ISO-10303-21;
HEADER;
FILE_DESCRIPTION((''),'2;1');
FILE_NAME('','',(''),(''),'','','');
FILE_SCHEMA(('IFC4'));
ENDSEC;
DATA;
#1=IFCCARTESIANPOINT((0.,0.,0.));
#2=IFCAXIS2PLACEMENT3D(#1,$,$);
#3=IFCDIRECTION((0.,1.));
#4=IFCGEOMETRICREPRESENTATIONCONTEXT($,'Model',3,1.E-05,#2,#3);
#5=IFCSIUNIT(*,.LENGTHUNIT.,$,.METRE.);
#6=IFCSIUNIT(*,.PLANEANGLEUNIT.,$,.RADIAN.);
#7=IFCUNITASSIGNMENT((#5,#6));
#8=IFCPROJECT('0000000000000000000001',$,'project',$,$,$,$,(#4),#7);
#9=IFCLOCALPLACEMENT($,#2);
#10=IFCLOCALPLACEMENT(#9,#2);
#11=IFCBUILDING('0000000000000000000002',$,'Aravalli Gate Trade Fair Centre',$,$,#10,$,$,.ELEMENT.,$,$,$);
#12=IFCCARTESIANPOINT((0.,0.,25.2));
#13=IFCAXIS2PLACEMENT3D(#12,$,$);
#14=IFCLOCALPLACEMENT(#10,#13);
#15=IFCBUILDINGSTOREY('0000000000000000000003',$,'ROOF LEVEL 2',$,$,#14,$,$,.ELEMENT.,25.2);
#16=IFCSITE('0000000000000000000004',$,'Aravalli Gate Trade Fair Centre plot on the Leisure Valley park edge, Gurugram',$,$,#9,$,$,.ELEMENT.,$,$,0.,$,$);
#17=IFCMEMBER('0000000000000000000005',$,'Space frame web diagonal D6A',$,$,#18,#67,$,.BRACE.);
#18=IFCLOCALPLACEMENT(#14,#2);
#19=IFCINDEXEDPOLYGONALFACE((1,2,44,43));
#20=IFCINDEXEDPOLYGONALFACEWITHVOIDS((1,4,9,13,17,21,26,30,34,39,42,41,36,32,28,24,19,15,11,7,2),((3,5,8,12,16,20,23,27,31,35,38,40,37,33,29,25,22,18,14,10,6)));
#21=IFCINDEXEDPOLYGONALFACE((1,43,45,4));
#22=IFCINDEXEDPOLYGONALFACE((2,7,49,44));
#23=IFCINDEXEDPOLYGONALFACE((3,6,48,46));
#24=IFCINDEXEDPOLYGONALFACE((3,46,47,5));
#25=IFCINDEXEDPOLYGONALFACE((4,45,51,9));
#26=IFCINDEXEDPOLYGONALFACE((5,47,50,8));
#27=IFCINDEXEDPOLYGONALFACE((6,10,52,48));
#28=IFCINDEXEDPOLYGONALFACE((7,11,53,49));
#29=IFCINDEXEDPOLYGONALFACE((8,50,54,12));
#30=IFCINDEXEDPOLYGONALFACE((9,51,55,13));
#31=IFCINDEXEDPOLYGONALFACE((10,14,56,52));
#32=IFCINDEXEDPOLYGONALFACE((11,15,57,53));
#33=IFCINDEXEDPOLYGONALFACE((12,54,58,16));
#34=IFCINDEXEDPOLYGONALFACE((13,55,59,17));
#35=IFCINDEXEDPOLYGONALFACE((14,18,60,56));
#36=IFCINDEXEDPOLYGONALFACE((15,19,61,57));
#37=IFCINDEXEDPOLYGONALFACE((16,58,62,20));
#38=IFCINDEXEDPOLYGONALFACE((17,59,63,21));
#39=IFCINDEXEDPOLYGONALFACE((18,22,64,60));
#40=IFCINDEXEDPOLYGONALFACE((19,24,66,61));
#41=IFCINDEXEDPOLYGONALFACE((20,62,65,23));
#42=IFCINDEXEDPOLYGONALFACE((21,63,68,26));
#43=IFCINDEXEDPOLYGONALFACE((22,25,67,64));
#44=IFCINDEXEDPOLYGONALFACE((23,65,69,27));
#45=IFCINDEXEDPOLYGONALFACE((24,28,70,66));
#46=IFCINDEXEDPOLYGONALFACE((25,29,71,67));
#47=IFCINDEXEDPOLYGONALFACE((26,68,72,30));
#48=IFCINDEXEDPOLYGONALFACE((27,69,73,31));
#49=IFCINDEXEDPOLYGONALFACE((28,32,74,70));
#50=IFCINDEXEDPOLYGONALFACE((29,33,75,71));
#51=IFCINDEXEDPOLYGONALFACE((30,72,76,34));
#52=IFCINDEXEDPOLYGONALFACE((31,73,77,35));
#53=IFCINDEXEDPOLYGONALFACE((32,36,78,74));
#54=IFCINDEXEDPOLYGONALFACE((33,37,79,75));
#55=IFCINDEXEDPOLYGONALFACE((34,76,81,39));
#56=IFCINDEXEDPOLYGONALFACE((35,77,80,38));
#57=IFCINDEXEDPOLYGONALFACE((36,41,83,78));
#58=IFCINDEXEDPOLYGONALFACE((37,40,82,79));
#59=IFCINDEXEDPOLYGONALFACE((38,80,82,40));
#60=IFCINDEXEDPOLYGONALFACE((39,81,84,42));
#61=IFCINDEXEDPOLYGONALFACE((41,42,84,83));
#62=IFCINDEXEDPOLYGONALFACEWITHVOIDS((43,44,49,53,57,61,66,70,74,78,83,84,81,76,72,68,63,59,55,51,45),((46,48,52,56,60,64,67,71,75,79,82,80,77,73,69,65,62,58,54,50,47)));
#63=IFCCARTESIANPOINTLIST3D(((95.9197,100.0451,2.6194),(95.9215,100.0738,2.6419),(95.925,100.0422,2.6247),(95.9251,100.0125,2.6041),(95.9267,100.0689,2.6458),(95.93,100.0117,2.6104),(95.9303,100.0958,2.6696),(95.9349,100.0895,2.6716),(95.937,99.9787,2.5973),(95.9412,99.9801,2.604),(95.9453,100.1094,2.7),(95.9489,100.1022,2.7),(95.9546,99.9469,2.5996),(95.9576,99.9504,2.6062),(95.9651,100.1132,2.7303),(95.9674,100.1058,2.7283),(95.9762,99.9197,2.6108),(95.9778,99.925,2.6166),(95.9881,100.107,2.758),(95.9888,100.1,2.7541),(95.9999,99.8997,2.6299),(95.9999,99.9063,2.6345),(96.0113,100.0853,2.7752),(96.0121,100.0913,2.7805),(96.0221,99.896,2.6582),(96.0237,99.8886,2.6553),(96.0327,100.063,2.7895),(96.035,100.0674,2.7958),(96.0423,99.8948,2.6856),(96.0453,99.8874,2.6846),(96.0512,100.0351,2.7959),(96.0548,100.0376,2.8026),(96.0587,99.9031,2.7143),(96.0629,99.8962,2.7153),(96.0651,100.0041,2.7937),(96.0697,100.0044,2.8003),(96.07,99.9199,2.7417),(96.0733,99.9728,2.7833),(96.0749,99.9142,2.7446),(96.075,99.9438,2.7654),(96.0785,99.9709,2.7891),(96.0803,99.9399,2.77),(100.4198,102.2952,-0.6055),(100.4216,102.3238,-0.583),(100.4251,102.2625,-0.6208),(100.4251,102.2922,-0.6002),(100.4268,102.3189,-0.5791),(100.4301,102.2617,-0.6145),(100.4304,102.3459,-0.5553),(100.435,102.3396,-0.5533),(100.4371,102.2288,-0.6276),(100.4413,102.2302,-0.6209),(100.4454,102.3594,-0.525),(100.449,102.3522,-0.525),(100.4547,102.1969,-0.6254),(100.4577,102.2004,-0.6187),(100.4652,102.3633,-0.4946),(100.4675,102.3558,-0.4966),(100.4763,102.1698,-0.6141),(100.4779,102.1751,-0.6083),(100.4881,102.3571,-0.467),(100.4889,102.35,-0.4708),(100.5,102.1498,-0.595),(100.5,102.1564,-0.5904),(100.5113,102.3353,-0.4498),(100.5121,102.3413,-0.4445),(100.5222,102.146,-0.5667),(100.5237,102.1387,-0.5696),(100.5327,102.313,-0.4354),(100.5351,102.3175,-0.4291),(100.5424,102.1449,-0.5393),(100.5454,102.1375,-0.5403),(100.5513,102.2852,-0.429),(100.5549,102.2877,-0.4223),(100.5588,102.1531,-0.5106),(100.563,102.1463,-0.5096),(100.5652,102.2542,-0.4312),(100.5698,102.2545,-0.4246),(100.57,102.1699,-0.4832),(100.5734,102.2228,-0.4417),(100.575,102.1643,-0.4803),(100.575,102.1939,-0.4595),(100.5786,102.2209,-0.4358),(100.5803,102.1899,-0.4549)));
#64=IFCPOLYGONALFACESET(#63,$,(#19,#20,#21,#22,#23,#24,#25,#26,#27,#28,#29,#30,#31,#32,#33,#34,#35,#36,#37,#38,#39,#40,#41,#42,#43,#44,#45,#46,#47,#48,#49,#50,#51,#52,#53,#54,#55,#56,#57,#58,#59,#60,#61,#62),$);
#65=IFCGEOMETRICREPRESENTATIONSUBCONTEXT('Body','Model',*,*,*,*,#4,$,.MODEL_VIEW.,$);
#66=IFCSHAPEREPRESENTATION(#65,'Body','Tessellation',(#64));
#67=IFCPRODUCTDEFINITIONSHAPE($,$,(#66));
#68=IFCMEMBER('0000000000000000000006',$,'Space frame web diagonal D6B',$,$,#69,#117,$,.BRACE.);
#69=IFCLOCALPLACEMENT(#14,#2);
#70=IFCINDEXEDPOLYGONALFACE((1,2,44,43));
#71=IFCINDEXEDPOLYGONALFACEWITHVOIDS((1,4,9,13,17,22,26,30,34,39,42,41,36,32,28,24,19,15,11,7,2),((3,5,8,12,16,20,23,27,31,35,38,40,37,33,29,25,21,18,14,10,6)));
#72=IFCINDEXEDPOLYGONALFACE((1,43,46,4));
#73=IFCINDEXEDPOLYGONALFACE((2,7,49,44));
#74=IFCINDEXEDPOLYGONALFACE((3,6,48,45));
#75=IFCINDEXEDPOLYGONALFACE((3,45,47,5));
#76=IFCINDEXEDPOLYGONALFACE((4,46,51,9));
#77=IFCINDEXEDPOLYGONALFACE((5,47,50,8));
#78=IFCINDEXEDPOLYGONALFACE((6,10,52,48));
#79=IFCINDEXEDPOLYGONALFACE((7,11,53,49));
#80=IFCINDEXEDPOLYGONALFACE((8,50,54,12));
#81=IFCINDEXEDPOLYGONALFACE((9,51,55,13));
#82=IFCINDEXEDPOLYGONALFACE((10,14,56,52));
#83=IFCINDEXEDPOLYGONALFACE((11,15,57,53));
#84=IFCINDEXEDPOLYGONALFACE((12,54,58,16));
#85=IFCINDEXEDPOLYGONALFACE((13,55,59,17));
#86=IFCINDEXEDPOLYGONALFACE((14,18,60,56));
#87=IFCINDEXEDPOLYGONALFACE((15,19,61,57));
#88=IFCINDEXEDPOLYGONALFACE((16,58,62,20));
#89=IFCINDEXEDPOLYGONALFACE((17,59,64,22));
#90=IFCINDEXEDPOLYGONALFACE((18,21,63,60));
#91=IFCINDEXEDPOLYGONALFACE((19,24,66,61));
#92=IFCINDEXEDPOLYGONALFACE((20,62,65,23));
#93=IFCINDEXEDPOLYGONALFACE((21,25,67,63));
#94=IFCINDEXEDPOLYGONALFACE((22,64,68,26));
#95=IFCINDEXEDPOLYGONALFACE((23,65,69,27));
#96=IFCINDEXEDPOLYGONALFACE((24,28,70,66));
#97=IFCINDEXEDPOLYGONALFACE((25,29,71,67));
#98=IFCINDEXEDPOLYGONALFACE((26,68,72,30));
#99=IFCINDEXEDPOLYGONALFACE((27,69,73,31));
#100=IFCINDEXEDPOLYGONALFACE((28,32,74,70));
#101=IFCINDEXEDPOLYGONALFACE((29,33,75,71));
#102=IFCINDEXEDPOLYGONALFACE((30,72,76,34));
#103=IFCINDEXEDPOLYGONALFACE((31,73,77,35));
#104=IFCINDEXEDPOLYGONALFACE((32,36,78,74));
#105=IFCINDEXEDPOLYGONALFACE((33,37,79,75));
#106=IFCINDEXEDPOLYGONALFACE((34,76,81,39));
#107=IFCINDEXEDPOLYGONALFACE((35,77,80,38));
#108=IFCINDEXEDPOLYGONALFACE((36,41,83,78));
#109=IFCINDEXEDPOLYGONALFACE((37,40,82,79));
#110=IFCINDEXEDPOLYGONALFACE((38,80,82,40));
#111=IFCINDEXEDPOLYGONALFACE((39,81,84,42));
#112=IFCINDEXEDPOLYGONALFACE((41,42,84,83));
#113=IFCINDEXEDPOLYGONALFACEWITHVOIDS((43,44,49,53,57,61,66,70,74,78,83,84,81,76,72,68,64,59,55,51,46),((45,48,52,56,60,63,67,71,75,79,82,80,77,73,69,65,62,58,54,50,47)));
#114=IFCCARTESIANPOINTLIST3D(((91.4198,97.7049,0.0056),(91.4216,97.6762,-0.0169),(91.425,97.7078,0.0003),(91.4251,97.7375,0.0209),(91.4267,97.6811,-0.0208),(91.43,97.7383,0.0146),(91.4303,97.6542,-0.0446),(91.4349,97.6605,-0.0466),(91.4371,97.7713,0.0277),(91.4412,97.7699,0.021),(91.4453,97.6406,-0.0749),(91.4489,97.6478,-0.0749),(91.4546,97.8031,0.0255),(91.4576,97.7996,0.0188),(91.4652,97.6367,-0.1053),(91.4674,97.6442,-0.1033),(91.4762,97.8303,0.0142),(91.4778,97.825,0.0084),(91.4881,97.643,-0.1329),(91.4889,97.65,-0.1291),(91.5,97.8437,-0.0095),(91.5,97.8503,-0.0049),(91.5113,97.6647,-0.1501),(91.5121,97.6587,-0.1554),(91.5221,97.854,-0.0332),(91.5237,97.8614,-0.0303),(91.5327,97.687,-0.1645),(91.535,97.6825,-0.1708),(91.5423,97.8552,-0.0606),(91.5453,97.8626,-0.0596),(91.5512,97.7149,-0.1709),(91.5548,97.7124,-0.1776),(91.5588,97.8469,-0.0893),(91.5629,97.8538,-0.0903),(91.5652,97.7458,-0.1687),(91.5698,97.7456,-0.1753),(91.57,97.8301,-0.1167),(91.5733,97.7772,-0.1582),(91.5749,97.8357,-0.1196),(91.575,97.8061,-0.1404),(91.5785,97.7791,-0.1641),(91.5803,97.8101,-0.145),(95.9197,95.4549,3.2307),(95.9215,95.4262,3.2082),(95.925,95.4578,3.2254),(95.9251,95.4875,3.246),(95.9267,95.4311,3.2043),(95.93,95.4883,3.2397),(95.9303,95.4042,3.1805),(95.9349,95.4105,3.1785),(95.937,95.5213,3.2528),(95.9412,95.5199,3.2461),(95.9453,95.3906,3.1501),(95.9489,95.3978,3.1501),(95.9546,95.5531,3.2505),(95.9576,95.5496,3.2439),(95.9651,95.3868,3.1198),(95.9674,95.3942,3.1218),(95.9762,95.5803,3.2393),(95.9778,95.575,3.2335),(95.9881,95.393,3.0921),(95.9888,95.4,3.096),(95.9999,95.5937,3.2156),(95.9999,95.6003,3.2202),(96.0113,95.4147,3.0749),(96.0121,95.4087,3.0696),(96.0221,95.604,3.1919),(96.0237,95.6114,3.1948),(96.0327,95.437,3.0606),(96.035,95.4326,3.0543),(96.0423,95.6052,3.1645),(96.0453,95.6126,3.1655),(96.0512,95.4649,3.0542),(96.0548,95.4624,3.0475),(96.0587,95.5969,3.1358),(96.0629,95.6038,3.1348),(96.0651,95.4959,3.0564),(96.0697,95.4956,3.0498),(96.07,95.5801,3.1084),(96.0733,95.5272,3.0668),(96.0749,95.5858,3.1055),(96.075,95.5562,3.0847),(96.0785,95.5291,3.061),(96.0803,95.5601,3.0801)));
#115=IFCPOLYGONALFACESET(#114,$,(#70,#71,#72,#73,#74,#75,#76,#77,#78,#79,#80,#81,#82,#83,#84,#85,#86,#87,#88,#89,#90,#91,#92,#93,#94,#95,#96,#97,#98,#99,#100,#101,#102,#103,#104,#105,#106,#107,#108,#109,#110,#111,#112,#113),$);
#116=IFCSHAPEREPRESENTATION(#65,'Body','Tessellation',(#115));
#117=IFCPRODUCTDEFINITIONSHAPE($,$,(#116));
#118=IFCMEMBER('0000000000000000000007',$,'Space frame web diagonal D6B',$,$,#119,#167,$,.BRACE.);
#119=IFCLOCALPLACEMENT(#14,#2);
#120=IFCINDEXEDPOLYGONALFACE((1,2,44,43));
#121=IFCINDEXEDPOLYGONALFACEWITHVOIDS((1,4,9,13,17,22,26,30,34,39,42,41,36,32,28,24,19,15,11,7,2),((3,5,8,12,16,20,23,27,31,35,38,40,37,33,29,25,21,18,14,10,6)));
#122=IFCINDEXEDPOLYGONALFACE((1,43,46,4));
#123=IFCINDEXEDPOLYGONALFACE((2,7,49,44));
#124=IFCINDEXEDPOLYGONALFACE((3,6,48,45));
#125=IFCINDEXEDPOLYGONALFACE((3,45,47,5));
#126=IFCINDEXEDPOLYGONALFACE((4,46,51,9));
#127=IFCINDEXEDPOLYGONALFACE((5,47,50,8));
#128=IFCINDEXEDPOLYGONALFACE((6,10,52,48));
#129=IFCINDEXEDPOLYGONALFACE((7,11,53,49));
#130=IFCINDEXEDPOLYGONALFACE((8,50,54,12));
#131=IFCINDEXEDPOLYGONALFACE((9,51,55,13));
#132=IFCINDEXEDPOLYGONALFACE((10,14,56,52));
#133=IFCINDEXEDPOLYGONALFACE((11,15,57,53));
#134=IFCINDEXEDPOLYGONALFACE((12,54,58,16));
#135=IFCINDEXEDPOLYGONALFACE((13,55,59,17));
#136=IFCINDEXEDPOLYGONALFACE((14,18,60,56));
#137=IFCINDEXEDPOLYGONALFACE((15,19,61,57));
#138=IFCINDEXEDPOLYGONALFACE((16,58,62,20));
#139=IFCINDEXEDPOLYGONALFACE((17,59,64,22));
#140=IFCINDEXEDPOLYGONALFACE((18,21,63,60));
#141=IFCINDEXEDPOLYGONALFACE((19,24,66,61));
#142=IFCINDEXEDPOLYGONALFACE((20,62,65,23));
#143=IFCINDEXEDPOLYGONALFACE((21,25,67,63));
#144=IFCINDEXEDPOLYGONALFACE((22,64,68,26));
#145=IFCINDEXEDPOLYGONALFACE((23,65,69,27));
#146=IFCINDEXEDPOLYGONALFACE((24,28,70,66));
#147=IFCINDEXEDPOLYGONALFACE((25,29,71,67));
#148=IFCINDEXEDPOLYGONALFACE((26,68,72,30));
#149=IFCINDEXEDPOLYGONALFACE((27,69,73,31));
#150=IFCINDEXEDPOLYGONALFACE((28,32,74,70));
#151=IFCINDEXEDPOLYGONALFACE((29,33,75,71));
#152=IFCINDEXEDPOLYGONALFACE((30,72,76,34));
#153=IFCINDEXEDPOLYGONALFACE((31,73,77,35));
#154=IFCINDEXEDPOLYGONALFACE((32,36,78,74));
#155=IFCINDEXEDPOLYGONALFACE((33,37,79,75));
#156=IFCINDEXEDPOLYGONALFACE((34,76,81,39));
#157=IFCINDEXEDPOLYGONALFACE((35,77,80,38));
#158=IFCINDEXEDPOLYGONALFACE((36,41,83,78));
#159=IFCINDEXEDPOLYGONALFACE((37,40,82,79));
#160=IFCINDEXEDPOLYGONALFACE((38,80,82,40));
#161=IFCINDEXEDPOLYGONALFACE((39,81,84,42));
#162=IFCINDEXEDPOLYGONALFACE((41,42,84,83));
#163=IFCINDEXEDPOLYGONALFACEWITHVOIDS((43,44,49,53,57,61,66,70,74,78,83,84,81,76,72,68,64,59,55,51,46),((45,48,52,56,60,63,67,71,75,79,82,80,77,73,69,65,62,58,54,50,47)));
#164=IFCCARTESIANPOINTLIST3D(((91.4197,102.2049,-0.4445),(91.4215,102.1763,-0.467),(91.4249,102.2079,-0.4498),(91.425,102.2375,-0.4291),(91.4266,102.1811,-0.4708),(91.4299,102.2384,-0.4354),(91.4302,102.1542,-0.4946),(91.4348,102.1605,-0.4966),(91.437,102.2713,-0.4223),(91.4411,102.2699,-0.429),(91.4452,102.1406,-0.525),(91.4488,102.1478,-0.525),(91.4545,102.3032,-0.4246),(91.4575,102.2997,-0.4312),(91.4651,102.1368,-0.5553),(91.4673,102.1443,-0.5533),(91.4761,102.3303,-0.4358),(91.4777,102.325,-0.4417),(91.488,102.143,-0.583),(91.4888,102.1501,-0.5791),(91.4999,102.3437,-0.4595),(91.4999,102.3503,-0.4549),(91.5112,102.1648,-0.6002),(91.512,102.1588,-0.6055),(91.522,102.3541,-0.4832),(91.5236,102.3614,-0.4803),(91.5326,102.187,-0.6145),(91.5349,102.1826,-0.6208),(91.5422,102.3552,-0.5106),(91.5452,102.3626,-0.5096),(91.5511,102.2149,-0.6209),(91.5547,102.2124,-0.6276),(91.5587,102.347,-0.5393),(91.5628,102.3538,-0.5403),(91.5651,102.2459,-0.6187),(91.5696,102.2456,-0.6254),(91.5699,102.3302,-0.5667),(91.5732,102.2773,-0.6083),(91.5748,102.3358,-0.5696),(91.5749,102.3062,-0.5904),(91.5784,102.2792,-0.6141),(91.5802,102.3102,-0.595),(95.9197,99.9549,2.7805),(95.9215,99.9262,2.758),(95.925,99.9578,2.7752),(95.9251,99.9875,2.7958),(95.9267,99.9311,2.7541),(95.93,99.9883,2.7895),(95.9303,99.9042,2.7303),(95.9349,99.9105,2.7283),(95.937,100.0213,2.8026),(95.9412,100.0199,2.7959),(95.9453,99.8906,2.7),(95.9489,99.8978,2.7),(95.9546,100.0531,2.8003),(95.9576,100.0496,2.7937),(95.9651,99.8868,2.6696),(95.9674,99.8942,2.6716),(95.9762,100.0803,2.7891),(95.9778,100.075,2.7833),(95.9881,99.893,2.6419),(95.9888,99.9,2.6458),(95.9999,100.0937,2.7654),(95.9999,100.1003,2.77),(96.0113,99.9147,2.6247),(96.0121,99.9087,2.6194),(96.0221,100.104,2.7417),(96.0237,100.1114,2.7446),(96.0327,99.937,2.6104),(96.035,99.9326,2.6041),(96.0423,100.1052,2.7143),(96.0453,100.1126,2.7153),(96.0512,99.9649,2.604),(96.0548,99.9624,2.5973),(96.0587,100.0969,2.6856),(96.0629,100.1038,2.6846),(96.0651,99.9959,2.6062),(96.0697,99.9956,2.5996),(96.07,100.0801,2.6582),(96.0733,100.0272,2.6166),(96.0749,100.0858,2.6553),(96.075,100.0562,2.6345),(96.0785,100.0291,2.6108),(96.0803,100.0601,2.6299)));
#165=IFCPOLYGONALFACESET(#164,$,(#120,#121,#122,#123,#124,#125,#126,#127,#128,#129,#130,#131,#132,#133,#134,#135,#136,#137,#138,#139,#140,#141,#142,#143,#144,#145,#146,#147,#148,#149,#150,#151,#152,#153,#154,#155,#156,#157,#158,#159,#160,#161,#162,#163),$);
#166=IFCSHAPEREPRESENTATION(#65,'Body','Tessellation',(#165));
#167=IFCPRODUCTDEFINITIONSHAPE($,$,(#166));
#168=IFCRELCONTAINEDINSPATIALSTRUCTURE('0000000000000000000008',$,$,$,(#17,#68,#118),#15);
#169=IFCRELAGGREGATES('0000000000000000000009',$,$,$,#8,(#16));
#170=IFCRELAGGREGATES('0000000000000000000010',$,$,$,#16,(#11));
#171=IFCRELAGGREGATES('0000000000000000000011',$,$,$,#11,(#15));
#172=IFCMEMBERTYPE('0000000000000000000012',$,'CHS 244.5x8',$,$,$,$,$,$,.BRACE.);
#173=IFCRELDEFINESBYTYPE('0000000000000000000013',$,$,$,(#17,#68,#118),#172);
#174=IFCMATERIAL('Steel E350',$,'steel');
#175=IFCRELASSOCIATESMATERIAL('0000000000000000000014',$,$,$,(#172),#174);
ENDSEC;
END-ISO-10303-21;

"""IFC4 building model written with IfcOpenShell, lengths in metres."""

from ifc_helpers import new_model, si_unit, direction, frame, origin, origin_2d, place, context, subcontext, project, spatial, hollow_circle, extrude, material, material_profile, profile_set, type_object, element, save


model = new_model("IFC4")

# Units and contexts
model_context = context("Model", 3, precision=1e-05, world=origin(), true_north=direction((0.0, 1.0)))
body_context = subcontext(model_context, "Body", "Model", "MODEL_VIEW")
ifc_project = project(units=[si_unit("LENGTHUNIT", "METRE"), si_unit("PLANEANGLEUNIT", "RADIAN")], contexts=[model_context])

# Site, building, storey
site_placement = place(None, origin())
site = spatial("IfcSite", under=ifc_project, at=site_placement, Name="Aravalli Gate Trade Fair Centre plot on the Leisure Valley park edge, Gurugram", CompositionType="ELEMENT", RefElevation=0.0)
building_placement = place(site_placement, origin())
building = spatial("IfcBuilding", under=site, at=building_placement, Name="Aravalli Gate Trade Fair Centre", CompositionType="ELEMENT")
storey_placement = place(building_placement, frame((0.0, 0.0, 25.2)))
storey = spatial("IfcBuildingStorey", under=building, at=storey_placement, Name="ROOF LEVEL 2", CompositionType="ELEMENT", Elevation=25.2)

# Members
ifc_material_1 = material(Name="Steel E350", Category="steel")
ifc_material_profile_1 = material_profile(ifc_material_1, hollow_circle(Radius=0.1223, WallThickness=0.0081, at=origin_2d()), Name="CHS 244.5x8")
ifc_profile_set_1 = profile_set([ifc_material_profile_1], Name="Steel E350")
member_type_1 = type_object("IfcMemberType", Name="CHS 244.5x8", PredefinedType="BRACE", material=ifc_profile_set_1)
for number, where, z_axis, x_axis, name in (
    (1, (96.0, 100.0, 2.7), (0.753016, 0.376508, -0.539637), (-0.447214, 0.894427, 0.0), "Space frame web diagonal D6A"),
    (2, (96.0, 95.5, 3.1501), (-0.753, 0.3765, -0.539666), (-0.447214, -0.894427, 0.0), "Space frame web diagonal D6B"),
    (3, (96.0, 100.0, 2.7), (-0.753016, 0.376508, -0.539637), (-0.447214, -0.894427, 0.0), "Space frame web diagonal D6B"),
):
    element("IfcMember", number, at=place(storey_placement, frame(where, z_axis=z_axis, x_axis=x_axis)), inside=storey, type_object=member_type_1, Name=name, PredefinedType="BRACE", context=body_context, shape_type="SweptSolid", body=[
        extrude(hollow_circle(Radius=0.1223, WallThickness=0.0081, at=origin_2d()), origin(), (0.0, 0.0, 1.0), 5.9761),
    ])

save(model, "model.ifc")
